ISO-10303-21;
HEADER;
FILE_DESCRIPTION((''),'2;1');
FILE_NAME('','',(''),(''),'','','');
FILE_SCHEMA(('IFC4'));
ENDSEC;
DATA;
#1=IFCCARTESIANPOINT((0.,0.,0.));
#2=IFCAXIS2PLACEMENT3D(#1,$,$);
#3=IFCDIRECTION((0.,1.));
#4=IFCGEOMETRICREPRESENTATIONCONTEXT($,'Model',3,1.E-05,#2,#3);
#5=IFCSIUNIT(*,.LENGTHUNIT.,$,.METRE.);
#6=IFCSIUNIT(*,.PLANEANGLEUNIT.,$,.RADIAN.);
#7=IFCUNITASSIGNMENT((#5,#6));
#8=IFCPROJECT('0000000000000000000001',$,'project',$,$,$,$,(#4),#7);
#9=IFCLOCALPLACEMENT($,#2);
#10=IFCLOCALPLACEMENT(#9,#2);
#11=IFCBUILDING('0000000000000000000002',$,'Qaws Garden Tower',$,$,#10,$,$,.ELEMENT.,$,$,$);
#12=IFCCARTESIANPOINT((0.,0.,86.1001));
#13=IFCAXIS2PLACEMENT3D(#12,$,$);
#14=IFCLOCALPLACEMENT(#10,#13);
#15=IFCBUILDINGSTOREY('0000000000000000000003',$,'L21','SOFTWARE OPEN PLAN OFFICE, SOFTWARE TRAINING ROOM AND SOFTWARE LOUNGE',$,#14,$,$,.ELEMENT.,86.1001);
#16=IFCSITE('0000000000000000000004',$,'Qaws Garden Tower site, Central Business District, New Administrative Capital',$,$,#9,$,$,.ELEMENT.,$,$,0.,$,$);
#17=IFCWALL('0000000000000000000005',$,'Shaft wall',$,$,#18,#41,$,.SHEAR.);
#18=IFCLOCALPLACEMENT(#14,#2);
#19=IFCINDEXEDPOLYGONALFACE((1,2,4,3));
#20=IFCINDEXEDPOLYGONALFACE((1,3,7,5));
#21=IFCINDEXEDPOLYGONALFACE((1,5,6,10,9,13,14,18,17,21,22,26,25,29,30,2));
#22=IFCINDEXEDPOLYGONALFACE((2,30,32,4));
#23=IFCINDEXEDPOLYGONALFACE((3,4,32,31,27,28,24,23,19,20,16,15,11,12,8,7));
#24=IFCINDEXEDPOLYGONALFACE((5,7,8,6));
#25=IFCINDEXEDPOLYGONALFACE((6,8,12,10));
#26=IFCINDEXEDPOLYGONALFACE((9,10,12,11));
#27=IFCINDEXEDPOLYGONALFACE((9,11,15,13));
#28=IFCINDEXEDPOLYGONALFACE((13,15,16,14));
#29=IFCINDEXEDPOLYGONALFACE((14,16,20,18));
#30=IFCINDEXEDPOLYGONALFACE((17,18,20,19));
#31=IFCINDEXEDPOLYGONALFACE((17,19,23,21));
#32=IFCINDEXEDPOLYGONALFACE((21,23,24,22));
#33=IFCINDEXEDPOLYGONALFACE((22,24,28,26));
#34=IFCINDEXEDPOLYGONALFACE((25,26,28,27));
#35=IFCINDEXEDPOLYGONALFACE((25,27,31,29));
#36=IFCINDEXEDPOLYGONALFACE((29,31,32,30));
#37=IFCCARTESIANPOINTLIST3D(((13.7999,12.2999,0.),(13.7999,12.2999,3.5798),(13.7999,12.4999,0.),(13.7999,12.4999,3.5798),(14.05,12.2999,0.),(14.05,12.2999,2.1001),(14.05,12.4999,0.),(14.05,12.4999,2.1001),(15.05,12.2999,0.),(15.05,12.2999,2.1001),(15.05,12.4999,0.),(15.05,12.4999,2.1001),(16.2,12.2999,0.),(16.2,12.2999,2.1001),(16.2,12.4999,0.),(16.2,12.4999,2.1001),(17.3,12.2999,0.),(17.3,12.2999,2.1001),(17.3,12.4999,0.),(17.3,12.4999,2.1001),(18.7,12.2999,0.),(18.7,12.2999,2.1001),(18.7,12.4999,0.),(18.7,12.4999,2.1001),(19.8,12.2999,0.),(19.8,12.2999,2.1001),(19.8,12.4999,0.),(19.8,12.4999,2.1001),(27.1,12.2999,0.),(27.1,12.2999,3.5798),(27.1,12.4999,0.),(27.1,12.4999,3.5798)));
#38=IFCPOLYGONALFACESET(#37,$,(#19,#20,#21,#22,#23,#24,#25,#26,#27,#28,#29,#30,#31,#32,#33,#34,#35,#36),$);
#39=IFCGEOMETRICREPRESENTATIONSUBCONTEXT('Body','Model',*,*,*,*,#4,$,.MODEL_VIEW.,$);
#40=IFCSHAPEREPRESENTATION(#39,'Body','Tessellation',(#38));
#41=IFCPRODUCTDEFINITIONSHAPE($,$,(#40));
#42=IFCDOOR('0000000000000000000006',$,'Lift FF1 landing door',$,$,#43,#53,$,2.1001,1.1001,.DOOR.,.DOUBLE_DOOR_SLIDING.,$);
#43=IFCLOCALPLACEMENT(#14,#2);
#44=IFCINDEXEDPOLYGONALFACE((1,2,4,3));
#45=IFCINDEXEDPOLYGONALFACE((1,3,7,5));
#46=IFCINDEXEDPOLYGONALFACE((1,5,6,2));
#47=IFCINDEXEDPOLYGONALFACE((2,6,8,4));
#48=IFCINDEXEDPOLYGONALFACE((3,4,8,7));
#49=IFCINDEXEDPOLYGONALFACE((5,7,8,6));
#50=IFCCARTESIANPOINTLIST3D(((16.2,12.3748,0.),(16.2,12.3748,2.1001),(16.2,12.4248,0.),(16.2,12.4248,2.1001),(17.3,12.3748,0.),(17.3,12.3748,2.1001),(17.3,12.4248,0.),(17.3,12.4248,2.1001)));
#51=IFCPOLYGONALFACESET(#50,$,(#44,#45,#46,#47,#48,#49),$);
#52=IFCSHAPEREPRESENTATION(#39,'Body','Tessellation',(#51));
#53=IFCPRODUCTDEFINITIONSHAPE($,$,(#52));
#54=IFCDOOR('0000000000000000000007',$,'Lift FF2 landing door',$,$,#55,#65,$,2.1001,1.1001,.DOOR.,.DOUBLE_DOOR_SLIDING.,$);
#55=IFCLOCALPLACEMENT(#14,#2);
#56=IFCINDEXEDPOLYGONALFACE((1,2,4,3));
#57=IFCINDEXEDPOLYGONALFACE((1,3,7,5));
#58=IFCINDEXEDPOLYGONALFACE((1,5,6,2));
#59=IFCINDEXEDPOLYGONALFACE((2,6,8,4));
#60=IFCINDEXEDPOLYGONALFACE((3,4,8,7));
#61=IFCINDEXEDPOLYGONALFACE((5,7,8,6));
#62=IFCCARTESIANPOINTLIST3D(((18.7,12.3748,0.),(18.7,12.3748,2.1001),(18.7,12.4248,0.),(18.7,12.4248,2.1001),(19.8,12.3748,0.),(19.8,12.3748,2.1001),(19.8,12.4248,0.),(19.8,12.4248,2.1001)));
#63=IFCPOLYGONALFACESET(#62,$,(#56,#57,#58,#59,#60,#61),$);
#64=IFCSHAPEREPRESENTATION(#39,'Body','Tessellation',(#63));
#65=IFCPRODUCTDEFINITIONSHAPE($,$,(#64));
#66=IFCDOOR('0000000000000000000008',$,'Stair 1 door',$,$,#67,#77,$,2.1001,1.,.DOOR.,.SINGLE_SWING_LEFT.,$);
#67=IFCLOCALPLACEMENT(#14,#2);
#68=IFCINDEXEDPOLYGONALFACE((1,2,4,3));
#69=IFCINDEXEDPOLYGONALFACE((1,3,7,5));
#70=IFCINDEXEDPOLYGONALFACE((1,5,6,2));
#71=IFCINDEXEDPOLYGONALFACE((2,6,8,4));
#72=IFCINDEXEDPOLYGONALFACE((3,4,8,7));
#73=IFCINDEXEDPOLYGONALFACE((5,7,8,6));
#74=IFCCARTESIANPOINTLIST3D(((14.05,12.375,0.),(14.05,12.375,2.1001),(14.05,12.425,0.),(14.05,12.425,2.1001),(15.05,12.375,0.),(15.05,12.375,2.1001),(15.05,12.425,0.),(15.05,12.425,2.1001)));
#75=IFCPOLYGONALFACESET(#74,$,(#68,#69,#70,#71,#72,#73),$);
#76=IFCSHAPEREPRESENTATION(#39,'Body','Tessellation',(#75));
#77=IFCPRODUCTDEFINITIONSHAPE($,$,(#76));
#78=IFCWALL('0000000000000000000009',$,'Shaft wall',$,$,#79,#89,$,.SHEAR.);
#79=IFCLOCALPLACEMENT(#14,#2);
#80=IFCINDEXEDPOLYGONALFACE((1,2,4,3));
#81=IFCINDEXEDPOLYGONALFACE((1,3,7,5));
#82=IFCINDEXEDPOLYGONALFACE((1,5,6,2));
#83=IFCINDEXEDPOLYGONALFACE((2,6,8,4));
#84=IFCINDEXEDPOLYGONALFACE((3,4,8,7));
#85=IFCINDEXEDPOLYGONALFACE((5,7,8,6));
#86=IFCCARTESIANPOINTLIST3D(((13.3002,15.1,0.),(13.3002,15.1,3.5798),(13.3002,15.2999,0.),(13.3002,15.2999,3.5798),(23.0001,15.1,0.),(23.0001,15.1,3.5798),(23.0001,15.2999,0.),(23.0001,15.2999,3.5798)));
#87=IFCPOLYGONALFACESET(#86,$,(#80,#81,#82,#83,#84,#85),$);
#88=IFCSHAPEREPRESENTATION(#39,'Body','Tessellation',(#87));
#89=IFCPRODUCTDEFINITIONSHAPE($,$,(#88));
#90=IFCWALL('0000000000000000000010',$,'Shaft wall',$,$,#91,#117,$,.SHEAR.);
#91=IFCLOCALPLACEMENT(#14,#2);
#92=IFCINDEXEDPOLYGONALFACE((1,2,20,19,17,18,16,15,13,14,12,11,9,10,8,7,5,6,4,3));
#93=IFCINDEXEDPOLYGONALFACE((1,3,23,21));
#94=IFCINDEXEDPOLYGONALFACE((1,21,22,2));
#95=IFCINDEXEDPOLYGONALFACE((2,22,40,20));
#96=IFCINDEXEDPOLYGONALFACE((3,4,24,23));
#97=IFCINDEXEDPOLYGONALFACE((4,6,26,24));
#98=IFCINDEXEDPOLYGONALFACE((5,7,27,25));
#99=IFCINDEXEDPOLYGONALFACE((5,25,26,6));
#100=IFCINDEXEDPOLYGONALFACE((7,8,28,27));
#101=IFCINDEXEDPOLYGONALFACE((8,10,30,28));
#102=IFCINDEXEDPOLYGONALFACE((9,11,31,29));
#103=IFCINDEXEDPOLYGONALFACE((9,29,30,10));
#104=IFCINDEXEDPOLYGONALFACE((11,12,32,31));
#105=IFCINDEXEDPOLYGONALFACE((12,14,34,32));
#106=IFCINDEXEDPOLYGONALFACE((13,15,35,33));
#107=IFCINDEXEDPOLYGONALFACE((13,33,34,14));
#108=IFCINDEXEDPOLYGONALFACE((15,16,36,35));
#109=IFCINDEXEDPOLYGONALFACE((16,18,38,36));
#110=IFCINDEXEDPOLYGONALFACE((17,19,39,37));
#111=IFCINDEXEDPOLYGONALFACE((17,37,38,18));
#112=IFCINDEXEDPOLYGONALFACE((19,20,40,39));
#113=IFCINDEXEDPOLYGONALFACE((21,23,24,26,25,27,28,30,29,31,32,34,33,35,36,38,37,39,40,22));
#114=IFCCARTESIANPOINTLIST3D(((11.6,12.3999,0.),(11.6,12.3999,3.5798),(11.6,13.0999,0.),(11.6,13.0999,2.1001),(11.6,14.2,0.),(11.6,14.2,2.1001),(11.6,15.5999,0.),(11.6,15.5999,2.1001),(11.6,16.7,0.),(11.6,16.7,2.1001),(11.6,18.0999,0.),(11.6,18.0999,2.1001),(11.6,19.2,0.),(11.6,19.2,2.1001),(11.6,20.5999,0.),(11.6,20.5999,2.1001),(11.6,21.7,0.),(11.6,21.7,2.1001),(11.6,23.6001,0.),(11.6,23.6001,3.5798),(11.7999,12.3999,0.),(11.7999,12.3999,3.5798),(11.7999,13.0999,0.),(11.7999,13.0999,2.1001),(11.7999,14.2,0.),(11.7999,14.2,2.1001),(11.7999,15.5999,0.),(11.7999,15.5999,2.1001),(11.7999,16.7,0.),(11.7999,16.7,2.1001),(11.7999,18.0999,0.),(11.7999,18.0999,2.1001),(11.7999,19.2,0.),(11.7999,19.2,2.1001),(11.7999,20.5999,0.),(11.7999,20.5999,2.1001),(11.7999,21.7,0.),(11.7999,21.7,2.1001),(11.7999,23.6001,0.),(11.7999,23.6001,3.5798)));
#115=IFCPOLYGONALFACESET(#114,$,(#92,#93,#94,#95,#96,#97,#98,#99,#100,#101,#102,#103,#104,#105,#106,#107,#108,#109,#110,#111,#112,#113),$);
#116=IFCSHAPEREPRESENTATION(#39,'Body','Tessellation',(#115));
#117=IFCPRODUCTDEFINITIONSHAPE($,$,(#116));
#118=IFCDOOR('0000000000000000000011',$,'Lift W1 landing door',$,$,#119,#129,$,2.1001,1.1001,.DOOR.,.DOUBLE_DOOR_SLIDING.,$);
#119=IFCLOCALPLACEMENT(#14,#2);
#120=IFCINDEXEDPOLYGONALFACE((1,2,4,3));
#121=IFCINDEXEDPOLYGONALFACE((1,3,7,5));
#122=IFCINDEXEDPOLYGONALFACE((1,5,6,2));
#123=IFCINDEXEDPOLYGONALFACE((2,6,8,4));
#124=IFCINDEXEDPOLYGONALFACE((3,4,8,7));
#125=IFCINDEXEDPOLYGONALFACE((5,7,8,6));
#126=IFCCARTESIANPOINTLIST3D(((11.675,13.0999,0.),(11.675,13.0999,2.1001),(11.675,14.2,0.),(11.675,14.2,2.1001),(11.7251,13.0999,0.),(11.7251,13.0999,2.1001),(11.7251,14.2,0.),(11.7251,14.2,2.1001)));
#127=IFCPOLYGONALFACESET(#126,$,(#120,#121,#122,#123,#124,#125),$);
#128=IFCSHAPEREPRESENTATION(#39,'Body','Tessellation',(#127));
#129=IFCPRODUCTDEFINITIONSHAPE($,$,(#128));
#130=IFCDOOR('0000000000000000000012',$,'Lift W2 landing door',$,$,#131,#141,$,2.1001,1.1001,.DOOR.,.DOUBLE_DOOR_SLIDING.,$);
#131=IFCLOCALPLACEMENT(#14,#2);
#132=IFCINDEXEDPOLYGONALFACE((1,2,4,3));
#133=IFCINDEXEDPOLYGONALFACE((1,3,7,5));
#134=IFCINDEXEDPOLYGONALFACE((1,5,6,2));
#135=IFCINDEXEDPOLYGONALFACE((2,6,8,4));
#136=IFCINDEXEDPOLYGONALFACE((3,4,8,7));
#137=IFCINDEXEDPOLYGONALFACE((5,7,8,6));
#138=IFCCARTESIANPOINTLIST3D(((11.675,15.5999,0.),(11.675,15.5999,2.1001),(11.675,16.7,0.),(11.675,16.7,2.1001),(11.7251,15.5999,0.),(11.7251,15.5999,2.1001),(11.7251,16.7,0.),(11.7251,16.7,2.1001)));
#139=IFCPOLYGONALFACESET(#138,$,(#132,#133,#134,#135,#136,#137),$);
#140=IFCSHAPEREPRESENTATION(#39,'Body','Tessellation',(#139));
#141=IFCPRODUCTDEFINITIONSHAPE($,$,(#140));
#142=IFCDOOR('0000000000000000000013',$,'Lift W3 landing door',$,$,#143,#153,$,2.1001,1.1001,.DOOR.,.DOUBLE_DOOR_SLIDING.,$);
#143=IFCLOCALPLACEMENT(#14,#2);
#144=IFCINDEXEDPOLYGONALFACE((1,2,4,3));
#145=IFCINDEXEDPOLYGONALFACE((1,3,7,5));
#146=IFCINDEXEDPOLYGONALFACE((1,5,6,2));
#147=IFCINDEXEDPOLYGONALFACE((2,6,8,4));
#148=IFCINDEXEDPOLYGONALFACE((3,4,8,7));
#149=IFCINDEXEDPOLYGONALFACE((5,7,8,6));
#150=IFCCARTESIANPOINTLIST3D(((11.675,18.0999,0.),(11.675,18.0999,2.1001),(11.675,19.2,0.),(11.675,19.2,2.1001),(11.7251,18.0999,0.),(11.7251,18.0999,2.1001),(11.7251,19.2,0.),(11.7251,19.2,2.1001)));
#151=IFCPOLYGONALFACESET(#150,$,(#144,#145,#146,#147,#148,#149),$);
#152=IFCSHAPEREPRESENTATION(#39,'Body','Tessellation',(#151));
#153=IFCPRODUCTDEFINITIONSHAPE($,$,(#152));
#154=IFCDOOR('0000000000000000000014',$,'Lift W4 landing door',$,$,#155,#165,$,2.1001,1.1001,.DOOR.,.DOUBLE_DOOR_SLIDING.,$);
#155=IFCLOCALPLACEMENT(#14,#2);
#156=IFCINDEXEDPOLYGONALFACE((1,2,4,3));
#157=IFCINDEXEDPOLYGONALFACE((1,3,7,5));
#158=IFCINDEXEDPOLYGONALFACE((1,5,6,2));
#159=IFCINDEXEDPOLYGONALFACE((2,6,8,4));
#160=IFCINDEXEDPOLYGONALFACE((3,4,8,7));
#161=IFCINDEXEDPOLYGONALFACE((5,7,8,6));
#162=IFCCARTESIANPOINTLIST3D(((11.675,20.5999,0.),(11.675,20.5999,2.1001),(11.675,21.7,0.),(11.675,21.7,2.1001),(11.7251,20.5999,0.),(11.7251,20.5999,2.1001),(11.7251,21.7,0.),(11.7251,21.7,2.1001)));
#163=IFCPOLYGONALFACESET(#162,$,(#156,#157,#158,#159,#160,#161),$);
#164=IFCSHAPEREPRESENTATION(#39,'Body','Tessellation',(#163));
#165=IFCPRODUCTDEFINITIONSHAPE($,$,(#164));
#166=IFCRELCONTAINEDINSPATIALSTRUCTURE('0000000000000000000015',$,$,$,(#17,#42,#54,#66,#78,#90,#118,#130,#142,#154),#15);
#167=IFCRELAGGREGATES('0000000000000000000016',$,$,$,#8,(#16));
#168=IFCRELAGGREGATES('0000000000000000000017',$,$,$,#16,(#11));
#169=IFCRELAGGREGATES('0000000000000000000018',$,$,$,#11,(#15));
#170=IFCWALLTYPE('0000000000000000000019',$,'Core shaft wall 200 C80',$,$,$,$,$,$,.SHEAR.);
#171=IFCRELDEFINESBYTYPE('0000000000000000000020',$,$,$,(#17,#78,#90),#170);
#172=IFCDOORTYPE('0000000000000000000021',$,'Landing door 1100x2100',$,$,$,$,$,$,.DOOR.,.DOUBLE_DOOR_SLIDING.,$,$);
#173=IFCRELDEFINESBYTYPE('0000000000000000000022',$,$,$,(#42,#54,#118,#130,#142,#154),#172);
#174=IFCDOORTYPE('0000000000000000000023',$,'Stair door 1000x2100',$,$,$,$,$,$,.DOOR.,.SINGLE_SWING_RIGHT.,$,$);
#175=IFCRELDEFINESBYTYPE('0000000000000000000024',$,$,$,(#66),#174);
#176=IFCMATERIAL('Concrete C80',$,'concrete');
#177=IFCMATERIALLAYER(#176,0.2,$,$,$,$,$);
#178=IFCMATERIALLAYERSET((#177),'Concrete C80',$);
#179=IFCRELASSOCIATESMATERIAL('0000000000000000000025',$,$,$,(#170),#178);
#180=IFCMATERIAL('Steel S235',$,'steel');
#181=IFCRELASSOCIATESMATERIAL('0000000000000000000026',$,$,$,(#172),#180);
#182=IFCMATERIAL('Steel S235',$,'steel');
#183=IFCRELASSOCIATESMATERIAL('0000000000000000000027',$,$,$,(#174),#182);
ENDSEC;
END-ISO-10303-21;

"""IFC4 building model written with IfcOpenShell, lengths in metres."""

from ifc_helpers import new_model, si_unit, direction, frame, frame_2d, origin, place, context, subcontext, project, spatial, rectangle, extrude, material, layer, layer_set, type_object, element, fill, save


model = new_model("IFC4")

# Units and contexts
model_context = context("Model", 3, precision=1e-05, world=origin(), true_north=direction((0.0, 1.0)))
body_context = subcontext(model_context, "Body", "Model", "MODEL_VIEW")
ifc_project = project(units=[si_unit("LENGTHUNIT", "METRE"), si_unit("PLANEANGLEUNIT", "RADIAN")], contexts=[model_context])

# Site, building, storey
site_placement = place(None, origin())
site = spatial("IfcSite", under=ifc_project, at=site_placement, Name="Qaws Garden Tower site, Central Business District, New Administrative Capital", CompositionType="ELEMENT", RefElevation=0.0)
building_placement = place(site_placement, origin())
building = spatial("IfcBuilding", under=site, at=building_placement, Name="Qaws Garden Tower", CompositionType="ELEMENT")
storey_placement = place(building_placement, frame((0.0, 0.0, 86.1001)))
storey = spatial("IfcBuildingStorey", under=building, at=storey_placement, Name="L21", Description="SOFTWARE OPEN PLAN OFFICE, SOFTWARE TRAINING ROOM AND SOFTWARE LOUNGE", CompositionType="ELEMENT", Elevation=86.1001)

# Wall, openings, doors
ifc_material_1 = material(Name="Concrete C80", Category="concrete")
ifc_layer_1 = layer(ifc_material_1, 0.2)
ifc_layer_set_1 = layer_set([ifc_layer_1], Name="Concrete C80")
wall_type_1 = type_object("IfcWallType", Name="Core shaft wall 200 C80", PredefinedType="SHEAR", material=ifc_layer_set_1)
wall_1_placement = place(storey_placement, frame((13.8, 12.3999, 0.0), z_axis=(0.0, 0.0, 1.0), x_axis=(1.0, 0.0, 0.0)))
wall_1 = element("IfcWall", 1, at=wall_1_placement, inside=storey, type_object=wall_type_1, Name="Shaft wall", PredefinedType="SHEAR", context=body_context, shape_type="SweptSolid", body=[
    extrude(rectangle(XDim=13.3, YDim=0.2, at=frame_2d((6.6499, 0.0))), origin(), (0.0, 0.0, 1.0), 3.5798),
])
opening_1_placement = place(wall_1_placement, frame((2.3999, 0.0, 0.0)))
opening_1 = element("IfcOpeningElement", 2, at=opening_1_placement, cuts=wall_1, PredefinedType="OPENING", context=body_context, shape_type="SweptSolid", body=[
    extrude(rectangle(XDim=1.1001, YDim=2.1001, at=frame_2d((0.55, 1.05))), frame((0.0, 0.1099, 0.0), z_axis=(0.0, -1.0, 0.0), x_axis=(1.0, 0.0, 0.0)), (0.0, 0.0, 1.0), 0.22),
])
opening_2_placement = place(wall_1_placement, frame((4.8999, 0.0, 0.0)))
opening_2 = element("IfcOpeningElement", 3, at=opening_2_placement, cuts=wall_1, PredefinedType="OPENING", context=body_context, shape_type="SweptSolid", body=[
    extrude(rectangle(XDim=1.1001, YDim=2.1001, at=frame_2d((0.55, 1.05))), frame((0.0, 0.1099, 0.0), z_axis=(0.0, -1.0, 0.0), x_axis=(1.0, 0.0, 0.0)), (0.0, 0.0, 1.0), 0.22),
])
opening_3_placement = place(wall_1_placement, frame((0.25, 0.0, 0.0)))
opening_3 = element("IfcOpeningElement", 4, at=opening_3_placement, cuts=wall_1, PredefinedType="OPENING", context=body_context, shape_type="SweptSolid", body=[
    extrude(rectangle(XDim=1.0, YDim=2.1001, at=frame_2d((0.5, 1.05))), frame((0.0, 0.1099, 0.0), z_axis=(0.0, -1.0, 0.0), x_axis=(1.0, 0.0, 0.0)), (0.0, 0.0, 1.0), 0.22),
])
ifc_material_2 = material(Name="Steel S235", Category="steel")
door_type_1 = type_object("IfcDoorType", Name="Landing door 1100x2100", OperationType="DOUBLE_DOOR_SLIDING", PredefinedType="DOOR", material=ifc_material_2)
door_1_placement = place(opening_1_placement, origin())
door_1 = element("IfcDoor", 5, at=door_1_placement, inside=storey, type_object=door_type_1, Name="Lift FF1 landing door", OperationType="DOUBLE_DOOR_SLIDING", OverallHeight=2.1001, OverallWidth=1.1001, PredefinedType="DOOR", context=body_context, shape_type="SweptSolid", body=[
    extrude(rectangle(XDim=1.1001, YDim=2.1001, at=frame_2d((0.55, 1.05))), frame((0.0, 0.0249, 0.0), z_axis=(0.0, -1.0, 0.0), x_axis=(1.0, 0.0, 0.0)), (0.0, 0.0, 1.0), 0.05),
])
fill(opening_1, door_1)
door_2_placement = place(opening_2_placement, origin())
door_2 = element("IfcDoor", 6, at=door_2_placement, inside=storey, type_object=door_type_1, Name="Lift FF2 landing door", OperationType="DOUBLE_DOOR_SLIDING", OverallHeight=2.1001, OverallWidth=1.1001, PredefinedType="DOOR", context=body_context, shape_type="SweptSolid", body=[
    extrude(rectangle(XDim=1.1001, YDim=2.1001, at=frame_2d((0.55, 1.05))), frame((0.0, 0.0249, 0.0), z_axis=(0.0, -1.0, 0.0), x_axis=(1.0, 0.0, 0.0)), (0.0, 0.0, 1.0), 0.05),
])
fill(opening_2, door_2)
ifc_material_3 = material(Name="Steel S235", Category="steel")
door_type_2 = type_object("IfcDoorType", Name="Stair door 1000x2100", OperationType="SINGLE_SWING_RIGHT", PredefinedType="DOOR", material=ifc_material_3)
door_3_placement = place(opening_3_placement, frame((1.0, 0.0, 0.0), z_axis=(0.0, 0.0, 1.0), x_axis=(-1.0, 0.0, 0.0)))
door_3 = element("IfcDoor", 7, at=door_3_placement, inside=storey, type_object=door_type_2, Name="Stair 1 door", OperationType="SINGLE_SWING_LEFT", OverallHeight=2.1001, OverallWidth=1.0, PredefinedType="DOOR", context=body_context, shape_type="SweptSolid", body=[
    extrude(rectangle(XDim=1.0, YDim=2.1001, at=frame_2d((0.5, 1.05))), frame((0.0, 0.0249, 0.0), z_axis=(0.0, -1.0, 0.0), x_axis=(1.0, 0.0, 0.0)), (0.0, 0.0, 1.0), 0.05),
])
fill(opening_3, door_3)

# Wall
wall_2_placement = place(storey_placement, frame((13.3, 15.2, 0.0), z_axis=(0.0, 0.0, 1.0), x_axis=(1.0, 0.0, 0.0)))
element("IfcWall", 8, at=wall_2_placement, inside=storey, type_object=wall_type_1, Name="Shaft wall", PredefinedType="SHEAR", context=body_context, shape_type="SweptSolid", body=[
    extrude(rectangle(XDim=9.7, YDim=0.2, at=frame_2d((4.8501, 0.0))), origin(), (0.0, 0.0, 1.0), 3.5798),
])

# Wall, openings, doors
wall_3_placement = place(storey_placement, frame((11.7, 12.3999, 0.0), z_axis=(0.0, 0.0, 1.0), x_axis=(0.0, 1.0, 0.0)))
wall_3 = element("IfcWall", 9, at=wall_3_placement, inside=storey, type_object=wall_type_1, Name="Shaft wall", PredefinedType="SHEAR", context=body_context, shape_type="SweptSolid", body=[
    extrude(rectangle(XDim=11.2002, YDim=0.2, at=frame_2d((5.6001, 0.0))), origin(), (0.0, 0.0, 1.0), 3.5798),
])
opening_4_placement = place(wall_3_placement, frame((0.7, 0.0, 0.0)))
opening_4 = element("IfcOpeningElement", 10, at=opening_4_placement, cuts=wall_3, PredefinedType="OPENING", context=body_context, shape_type="SweptSolid", body=[
    extrude(rectangle(XDim=1.1001, YDim=2.1001, at=frame_2d((0.55, 1.05))), frame((0.0, 0.1099, 0.0), z_axis=(0.0, -1.0, 0.0), x_axis=(1.0, 0.0, 0.0)), (0.0, 0.0, 1.0), 0.22),
])
opening_5_placement = place(wall_3_placement, frame((3.2, 0.0, 0.0)))
opening_5 = element("IfcOpeningElement", 11, at=opening_5_placement, cuts=wall_3, PredefinedType="OPENING", context=body_context, shape_type="SweptSolid", body=[
    extrude(rectangle(XDim=1.1001, YDim=2.1001, at=frame_2d((0.55, 1.05))), frame((0.0, 0.1099, 0.0), z_axis=(0.0, -1.0, 0.0), x_axis=(1.0, 0.0, 0.0)), (0.0, 0.0, 1.0), 0.22),
])
opening_6_placement = place(wall_3_placement, frame((5.7, 0.0, 0.0)))
opening_6 = element("IfcOpeningElement", 12, at=opening_6_placement, cuts=wall_3, PredefinedType="OPENING", context=body_context, shape_type="SweptSolid", body=[
    extrude(rectangle(XDim=1.1001, YDim=2.1001, at=frame_2d((0.55, 1.05))), frame((0.0, 0.1099, 0.0), z_axis=(0.0, -1.0, 0.0), x_axis=(1.0, 0.0, 0.0)), (0.0, 0.0, 1.0), 0.22),
])
opening_7_placement = place(wall_3_placement, frame((8.2, 0.0, 0.0)))
opening_7 = element("IfcOpeningElement", 13, at=opening_7_placement, cuts=wall_3, PredefinedType="OPENING", context=body_context, shape_type="SweptSolid", body=[
    extrude(rectangle(XDim=1.1001, YDim=2.1001, at=frame_2d((0.55, 1.05))), frame((0.0, 0.1099, 0.0), z_axis=(0.0, -1.0, 0.0), x_axis=(1.0, 0.0, 0.0)), (0.0, 0.0, 1.0), 0.22),
])
door_4_placement = place(opening_4_placement, origin())
door_4 = element("IfcDoor", 14, at=door_4_placement, inside=storey, type_object=door_type_1, Name="Lift W1 landing door", OperationType="DOUBLE_DOOR_SLIDING", OverallHeight=2.1001, OverallWidth=1.1001, PredefinedType="DOOR", context=body_context, shape_type="SweptSolid", body=[
    extrude(rectangle(XDim=1.1001, YDim=2.1001, at=frame_2d((0.55, 1.05))), frame((0.0, 0.0249, 0.0), z_axis=(0.0, -1.0, 0.0), x_axis=(1.0, 0.0, 0.0)), (0.0, 0.0, 1.0), 0.05),
])
fill(opening_4, door_4)
door_5_placement = place(opening_5_placement, origin())
door_5 = element("IfcDoor", 15, at=door_5_placement, inside=storey, type_object=door_type_1, Name="Lift W2 landing door", OperationType="DOUBLE_DOOR_SLIDING", OverallHeight=2.1001, OverallWidth=1.1001, PredefinedType="DOOR", context=body_context, shape_type="SweptSolid", body=[
    extrude(rectangle(XDim=1.1001, YDim=2.1001, at=frame_2d((0.55, 1.05))), frame((0.0, 0.0249, 0.0), z_axis=(0.0, -1.0, 0.0), x_axis=(1.0, 0.0, 0.0)), (0.0, 0.0, 1.0), 0.05),
])
fill(opening_5, door_5)
door_6_placement = place(opening_6_placement, origin())
door_6 = element("IfcDoor", 16, at=door_6_placement, inside=storey, type_object=door_type_1, Name="Lift W3 landing door", OperationType="DOUBLE_DOOR_SLIDING", OverallHeight=2.1001, OverallWidth=1.1001, PredefinedType="DOOR", context=body_context, shape_type="SweptSolid", body=[
    extrude(rectangle(XDim=1.1001, YDim=2.1001, at=frame_2d((0.55, 1.05))), frame((0.0, 0.0249, 0.0), z_axis=(0.0, -1.0, 0.0), x_axis=(1.0, 0.0, 0.0)), (0.0, 0.0, 1.0), 0.05),
])
fill(opening_6, door_6)
door_7_placement = place(opening_7_placement, origin())
door_7 = element("IfcDoor", 17, at=door_7_placement, inside=storey, type_object=door_type_1, Name="Lift W4 landing door", OperationType="DOUBLE_DOOR_SLIDING", OverallHeight=2.1001, OverallWidth=1.1001, PredefinedType="DOOR", context=body_context, shape_type="SweptSolid", body=[
    extrude(rectangle(XDim=1.1001, YDim=2.1001, at=frame_2d((0.55, 1.05))), frame((0.0, 0.0249, 0.0), z_axis=(0.0, -1.0, 0.0), x_axis=(1.0, 0.0, 0.0)), (0.0, 0.0, 1.0), 0.05),
])
fill(opening_7, door_7)

save(model, "model.ifc")
